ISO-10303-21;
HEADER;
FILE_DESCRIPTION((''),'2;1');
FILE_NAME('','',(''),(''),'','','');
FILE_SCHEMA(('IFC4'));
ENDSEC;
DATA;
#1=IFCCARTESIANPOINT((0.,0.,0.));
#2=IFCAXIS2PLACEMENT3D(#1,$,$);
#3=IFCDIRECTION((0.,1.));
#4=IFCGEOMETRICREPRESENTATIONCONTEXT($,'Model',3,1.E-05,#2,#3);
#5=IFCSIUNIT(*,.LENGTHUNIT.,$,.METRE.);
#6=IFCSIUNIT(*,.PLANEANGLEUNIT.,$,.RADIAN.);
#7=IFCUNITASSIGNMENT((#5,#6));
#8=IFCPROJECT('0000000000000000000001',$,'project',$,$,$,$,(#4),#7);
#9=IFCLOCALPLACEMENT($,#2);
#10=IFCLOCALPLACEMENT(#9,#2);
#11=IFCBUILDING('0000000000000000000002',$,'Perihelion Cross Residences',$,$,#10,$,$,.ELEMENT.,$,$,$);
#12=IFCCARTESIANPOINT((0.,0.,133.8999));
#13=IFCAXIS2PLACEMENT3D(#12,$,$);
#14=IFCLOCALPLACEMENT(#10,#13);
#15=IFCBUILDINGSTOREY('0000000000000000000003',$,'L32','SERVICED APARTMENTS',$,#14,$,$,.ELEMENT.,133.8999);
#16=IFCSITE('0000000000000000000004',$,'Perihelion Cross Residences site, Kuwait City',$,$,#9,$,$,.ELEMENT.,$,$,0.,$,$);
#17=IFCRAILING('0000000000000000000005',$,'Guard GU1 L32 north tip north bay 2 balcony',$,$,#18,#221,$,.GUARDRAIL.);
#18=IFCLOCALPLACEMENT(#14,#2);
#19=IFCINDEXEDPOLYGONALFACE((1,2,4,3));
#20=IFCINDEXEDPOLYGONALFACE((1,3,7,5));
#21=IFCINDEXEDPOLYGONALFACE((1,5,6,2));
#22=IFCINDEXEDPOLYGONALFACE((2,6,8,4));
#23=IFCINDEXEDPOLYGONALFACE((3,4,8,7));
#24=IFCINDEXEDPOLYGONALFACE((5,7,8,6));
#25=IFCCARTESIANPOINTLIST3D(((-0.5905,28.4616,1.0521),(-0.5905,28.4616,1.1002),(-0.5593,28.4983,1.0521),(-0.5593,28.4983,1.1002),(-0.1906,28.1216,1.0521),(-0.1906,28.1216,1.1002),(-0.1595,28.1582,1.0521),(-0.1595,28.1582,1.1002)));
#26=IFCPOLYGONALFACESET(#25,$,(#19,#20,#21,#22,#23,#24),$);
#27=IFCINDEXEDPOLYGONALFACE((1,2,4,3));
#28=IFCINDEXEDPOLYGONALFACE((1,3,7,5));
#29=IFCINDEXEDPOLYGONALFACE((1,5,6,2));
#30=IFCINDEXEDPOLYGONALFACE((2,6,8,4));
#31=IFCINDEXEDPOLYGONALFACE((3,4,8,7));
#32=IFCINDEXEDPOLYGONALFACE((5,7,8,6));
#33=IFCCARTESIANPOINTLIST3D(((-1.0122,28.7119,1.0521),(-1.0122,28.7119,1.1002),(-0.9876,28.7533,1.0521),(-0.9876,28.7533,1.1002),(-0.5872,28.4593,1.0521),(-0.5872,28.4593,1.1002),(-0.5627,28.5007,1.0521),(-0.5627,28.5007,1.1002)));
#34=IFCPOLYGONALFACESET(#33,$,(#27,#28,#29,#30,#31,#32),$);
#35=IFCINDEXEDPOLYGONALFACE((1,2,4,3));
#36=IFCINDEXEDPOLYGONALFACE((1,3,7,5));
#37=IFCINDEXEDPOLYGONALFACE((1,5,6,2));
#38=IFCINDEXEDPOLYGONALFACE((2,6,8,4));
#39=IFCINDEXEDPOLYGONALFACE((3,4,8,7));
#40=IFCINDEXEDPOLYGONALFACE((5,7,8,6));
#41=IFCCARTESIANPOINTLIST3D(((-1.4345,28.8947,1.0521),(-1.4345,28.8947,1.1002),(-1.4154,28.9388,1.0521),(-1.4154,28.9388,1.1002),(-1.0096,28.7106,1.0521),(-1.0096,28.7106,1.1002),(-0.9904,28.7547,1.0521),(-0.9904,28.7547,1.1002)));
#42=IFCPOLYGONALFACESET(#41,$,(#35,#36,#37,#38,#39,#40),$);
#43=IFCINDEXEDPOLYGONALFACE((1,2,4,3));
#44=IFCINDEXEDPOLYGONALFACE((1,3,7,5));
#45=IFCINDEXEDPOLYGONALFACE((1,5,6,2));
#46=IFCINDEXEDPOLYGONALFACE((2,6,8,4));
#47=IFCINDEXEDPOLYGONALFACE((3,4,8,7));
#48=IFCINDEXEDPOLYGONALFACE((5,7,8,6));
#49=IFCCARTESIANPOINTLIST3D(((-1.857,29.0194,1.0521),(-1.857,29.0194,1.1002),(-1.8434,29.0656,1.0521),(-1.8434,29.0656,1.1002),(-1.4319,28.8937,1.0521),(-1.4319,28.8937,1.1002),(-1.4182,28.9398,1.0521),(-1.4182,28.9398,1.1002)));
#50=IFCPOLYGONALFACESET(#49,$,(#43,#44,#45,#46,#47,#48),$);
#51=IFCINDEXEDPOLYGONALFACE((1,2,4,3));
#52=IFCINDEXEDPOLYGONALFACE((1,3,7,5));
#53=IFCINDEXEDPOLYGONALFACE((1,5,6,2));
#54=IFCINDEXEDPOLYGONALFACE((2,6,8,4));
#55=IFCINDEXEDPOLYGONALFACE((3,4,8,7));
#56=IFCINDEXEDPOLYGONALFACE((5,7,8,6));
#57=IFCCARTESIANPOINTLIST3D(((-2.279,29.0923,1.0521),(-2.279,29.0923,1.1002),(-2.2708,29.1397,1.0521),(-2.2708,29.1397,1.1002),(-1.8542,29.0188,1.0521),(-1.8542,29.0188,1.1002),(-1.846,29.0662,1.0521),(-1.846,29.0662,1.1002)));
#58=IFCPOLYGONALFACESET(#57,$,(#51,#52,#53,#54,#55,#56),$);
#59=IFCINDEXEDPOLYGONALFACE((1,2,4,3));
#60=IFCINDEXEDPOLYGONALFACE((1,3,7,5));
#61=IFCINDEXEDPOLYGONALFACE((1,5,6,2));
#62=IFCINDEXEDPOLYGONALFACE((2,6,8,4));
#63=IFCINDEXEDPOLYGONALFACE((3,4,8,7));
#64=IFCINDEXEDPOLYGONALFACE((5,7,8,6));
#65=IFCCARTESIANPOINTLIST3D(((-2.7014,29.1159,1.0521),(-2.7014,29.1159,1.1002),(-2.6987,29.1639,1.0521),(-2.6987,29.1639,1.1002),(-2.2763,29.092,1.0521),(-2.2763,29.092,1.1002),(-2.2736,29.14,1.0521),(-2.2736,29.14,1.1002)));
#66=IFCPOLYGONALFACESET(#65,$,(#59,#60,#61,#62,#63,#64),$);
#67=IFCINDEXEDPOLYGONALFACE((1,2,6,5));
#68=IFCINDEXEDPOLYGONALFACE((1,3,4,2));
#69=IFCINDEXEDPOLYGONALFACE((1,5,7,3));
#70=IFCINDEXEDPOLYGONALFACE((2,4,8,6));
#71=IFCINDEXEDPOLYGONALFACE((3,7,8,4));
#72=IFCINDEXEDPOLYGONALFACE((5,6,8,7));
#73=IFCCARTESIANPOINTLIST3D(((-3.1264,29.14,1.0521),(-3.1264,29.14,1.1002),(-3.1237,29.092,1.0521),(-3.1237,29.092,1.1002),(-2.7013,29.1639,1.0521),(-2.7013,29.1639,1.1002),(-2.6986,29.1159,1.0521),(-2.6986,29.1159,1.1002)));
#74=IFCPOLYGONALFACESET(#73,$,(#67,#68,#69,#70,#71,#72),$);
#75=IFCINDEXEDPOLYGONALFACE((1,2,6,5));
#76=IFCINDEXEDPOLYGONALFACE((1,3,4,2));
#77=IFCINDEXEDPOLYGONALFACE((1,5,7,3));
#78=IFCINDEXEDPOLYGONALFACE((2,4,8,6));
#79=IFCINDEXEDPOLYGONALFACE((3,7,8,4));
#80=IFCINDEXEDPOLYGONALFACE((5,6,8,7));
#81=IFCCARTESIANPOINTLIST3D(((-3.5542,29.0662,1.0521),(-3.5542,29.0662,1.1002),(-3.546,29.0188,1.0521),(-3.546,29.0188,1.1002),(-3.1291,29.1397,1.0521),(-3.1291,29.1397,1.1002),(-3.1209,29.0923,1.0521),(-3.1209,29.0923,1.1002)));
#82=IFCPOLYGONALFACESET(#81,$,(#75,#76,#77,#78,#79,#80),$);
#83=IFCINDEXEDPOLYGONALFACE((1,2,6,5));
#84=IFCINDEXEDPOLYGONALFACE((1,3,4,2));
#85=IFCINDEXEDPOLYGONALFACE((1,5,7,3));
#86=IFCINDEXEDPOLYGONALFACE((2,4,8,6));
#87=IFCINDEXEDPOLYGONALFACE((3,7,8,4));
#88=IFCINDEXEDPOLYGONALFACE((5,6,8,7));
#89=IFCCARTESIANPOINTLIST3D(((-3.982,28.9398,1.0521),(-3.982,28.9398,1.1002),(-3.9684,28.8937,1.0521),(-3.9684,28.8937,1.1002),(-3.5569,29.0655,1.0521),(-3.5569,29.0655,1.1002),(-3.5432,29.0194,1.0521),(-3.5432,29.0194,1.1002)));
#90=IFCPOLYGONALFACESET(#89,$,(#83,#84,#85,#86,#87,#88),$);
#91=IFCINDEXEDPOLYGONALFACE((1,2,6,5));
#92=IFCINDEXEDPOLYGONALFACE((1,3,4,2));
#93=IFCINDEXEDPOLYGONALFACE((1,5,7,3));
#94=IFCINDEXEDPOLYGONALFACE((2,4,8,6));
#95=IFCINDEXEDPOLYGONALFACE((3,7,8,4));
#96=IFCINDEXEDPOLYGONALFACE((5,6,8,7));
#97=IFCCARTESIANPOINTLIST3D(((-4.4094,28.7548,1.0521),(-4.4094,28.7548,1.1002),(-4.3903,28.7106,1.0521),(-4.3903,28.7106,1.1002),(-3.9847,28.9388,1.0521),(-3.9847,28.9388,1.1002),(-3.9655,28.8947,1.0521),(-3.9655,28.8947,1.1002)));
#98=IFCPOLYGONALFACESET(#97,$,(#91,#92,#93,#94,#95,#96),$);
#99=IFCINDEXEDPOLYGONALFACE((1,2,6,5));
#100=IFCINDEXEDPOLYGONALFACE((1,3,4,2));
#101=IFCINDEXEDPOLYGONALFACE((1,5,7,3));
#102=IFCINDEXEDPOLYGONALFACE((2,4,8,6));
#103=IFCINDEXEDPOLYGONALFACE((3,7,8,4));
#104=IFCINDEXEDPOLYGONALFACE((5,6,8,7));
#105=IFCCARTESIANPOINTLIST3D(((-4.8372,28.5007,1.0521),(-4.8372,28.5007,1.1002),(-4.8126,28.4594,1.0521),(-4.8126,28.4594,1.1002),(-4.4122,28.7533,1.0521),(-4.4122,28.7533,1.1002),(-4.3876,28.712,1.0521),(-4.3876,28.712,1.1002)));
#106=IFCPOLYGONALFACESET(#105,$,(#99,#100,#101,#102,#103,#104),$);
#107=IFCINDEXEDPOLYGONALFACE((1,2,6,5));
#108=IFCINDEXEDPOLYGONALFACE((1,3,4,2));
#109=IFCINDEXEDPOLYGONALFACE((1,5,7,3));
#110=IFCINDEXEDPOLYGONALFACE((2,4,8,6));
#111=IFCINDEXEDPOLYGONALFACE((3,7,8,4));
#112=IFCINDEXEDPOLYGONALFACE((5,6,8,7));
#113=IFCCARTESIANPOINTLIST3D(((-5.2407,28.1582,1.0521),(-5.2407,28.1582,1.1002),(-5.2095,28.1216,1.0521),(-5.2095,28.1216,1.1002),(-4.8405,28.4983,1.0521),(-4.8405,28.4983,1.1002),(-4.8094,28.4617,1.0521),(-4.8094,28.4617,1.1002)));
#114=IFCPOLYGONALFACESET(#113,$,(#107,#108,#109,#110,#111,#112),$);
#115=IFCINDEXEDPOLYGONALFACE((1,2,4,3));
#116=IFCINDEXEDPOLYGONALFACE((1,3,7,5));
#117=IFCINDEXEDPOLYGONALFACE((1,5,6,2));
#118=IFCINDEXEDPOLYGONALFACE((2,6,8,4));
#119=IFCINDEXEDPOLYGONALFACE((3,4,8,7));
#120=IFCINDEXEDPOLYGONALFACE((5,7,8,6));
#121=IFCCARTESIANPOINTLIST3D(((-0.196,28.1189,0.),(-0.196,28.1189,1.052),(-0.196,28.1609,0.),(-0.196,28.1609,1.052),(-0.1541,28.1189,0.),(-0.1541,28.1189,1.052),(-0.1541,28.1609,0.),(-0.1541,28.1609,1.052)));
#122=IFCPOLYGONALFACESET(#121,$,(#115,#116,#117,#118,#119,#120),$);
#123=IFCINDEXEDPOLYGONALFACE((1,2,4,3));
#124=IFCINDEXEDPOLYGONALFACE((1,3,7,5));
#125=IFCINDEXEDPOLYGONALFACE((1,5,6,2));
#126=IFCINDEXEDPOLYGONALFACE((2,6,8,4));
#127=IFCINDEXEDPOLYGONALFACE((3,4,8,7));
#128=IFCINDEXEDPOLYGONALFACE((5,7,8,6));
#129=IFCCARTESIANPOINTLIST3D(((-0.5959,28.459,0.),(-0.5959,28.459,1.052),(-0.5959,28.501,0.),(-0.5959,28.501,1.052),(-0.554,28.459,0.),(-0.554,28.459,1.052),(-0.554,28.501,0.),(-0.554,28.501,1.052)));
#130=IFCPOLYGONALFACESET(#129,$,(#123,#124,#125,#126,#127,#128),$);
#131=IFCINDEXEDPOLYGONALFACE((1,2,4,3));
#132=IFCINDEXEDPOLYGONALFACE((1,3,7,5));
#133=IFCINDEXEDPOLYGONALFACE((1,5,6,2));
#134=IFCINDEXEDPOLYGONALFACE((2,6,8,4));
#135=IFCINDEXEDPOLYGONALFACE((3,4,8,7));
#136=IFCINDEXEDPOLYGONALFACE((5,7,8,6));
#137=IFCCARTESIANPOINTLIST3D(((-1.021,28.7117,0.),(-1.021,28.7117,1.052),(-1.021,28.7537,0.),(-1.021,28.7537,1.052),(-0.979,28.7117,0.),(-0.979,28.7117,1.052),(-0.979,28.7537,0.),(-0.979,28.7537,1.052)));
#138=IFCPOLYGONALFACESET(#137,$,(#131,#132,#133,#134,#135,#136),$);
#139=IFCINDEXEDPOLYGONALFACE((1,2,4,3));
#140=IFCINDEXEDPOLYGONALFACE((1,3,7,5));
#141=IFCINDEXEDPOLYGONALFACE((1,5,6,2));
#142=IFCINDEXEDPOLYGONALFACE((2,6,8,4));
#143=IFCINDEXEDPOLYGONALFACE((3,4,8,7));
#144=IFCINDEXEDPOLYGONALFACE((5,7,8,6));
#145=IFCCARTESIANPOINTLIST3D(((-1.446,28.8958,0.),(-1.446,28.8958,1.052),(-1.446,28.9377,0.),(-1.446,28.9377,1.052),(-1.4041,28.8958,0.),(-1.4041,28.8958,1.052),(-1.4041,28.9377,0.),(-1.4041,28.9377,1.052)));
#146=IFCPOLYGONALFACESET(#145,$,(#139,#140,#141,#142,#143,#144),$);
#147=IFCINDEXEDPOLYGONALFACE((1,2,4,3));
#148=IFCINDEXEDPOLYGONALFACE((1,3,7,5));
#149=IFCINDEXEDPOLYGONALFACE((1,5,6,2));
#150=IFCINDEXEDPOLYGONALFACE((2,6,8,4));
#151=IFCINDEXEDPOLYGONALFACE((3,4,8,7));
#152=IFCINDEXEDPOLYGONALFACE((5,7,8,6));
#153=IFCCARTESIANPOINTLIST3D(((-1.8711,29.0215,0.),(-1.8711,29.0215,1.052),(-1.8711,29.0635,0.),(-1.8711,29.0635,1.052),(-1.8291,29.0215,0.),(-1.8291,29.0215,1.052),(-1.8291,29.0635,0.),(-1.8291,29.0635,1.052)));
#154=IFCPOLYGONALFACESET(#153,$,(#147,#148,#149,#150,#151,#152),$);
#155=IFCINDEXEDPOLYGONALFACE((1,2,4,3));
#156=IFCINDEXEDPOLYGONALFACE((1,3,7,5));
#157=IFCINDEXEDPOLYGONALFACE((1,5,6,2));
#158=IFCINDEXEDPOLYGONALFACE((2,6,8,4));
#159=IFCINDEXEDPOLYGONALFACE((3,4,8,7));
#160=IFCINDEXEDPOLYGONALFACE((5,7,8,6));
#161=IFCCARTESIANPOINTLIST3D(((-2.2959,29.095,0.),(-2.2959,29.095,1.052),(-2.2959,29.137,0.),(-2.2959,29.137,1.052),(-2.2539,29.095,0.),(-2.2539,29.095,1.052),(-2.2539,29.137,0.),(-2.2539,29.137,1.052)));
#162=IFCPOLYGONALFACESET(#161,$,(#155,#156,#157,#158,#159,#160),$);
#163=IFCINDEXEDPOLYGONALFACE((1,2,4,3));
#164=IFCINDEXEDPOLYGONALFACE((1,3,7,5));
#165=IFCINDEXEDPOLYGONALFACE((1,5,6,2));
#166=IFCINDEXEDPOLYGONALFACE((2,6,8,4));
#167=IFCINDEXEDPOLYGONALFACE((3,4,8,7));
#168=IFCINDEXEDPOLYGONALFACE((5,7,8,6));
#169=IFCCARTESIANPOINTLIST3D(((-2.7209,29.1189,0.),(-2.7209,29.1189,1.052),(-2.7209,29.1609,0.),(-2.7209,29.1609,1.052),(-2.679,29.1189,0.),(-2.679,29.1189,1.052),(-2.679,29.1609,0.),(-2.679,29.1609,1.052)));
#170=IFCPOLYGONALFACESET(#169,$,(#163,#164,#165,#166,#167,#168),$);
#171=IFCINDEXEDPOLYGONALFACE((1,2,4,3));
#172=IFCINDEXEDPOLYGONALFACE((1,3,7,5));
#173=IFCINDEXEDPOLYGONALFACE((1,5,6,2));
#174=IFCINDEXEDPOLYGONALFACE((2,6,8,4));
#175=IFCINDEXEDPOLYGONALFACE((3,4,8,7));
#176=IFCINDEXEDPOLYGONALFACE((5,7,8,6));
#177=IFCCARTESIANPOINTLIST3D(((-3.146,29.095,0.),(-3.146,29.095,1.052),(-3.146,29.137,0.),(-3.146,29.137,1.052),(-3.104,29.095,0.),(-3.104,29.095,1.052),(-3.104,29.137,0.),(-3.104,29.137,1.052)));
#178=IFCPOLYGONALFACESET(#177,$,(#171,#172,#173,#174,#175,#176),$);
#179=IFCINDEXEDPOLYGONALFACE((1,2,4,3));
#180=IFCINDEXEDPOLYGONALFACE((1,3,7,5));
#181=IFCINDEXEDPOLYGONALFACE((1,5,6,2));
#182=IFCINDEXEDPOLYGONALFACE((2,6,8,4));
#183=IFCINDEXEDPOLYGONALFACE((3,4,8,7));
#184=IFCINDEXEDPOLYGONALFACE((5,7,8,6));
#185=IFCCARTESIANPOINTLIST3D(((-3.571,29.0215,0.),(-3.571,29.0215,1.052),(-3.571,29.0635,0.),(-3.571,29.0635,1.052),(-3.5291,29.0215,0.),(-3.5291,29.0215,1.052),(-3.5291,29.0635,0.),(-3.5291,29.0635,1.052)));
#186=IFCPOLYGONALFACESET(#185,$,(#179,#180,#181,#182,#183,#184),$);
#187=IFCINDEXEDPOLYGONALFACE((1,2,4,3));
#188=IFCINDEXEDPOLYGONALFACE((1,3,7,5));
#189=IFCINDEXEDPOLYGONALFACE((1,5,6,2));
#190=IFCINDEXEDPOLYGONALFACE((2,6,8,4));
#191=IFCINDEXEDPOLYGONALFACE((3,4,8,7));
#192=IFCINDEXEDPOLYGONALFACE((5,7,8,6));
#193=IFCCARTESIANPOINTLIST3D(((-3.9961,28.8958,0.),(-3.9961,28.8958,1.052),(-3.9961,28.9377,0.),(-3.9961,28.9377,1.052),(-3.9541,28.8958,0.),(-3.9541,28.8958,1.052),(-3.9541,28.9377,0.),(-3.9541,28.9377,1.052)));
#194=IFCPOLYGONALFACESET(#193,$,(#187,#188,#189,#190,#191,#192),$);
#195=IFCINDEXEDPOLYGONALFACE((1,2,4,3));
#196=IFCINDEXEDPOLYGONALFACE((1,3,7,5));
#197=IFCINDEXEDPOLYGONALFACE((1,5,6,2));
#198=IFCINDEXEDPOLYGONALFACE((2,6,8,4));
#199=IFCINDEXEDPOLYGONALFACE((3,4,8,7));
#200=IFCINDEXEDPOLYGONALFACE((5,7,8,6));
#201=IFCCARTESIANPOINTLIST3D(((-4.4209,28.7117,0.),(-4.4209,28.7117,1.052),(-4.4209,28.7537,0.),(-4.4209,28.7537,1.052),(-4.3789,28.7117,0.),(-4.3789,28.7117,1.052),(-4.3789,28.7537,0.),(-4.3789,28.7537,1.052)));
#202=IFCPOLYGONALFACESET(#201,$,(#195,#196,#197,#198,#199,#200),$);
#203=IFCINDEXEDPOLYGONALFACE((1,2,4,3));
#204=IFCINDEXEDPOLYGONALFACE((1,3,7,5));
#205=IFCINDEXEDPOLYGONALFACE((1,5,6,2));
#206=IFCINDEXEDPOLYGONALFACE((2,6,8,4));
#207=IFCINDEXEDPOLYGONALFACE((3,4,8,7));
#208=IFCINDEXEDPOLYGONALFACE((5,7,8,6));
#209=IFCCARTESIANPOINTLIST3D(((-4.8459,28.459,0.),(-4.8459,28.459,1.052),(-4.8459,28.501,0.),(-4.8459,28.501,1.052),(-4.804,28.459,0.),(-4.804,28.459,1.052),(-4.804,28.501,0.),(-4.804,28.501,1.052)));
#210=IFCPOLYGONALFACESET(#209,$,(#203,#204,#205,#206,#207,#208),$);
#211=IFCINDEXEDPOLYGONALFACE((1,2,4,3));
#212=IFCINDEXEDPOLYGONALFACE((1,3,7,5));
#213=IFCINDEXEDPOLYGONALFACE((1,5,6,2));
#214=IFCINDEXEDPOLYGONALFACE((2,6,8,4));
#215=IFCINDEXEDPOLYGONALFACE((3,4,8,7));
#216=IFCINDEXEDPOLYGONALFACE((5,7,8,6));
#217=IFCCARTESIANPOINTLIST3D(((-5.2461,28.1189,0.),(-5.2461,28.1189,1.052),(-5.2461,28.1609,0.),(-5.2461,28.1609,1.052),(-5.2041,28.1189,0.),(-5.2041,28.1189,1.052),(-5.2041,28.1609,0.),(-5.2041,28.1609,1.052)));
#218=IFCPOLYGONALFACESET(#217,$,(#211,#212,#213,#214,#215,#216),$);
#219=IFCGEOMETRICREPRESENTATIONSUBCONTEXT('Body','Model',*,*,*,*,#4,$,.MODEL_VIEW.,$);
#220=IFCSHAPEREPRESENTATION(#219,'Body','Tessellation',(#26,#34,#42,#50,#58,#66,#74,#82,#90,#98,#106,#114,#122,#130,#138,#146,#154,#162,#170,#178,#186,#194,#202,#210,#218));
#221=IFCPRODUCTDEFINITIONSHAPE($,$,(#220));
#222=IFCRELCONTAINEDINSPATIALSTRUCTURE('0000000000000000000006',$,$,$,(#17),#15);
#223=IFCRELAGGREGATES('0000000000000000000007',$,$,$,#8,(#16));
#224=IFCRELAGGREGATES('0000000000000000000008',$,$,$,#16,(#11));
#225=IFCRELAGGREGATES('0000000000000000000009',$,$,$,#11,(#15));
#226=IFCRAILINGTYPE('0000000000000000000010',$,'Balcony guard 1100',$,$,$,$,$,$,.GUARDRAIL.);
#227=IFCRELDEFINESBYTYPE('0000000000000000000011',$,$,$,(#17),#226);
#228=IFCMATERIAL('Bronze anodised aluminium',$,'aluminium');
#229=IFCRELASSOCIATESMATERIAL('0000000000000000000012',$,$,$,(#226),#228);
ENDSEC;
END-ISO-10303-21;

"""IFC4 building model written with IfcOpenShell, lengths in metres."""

from ifc_helpers import new_model, si_unit, direction, frame, origin, origin_2d, place, context, subcontext, project, spatial, rectangle, extrude, material, type_object, element, save


model = new_model("IFC4")

# Units and contexts
model_context = context("Model", 3, precision=1e-05, world=origin(), true_north=direction((0.0, 1.0)))
body_context = subcontext(model_context, "Body", "Model", "MODEL_VIEW")
ifc_project = project(units=[si_unit("LENGTHUNIT", "METRE"), si_unit("PLANEANGLEUNIT", "RADIAN")], contexts=[model_context])

# Site, building, storey
site_placement = place(None, origin())
site = spatial("IfcSite", under=ifc_project, at=site_placement, Name="Perihelion Cross Residences site, Kuwait City", CompositionType="ELEMENT", RefElevation=0.0)
building_placement = place(site_placement, origin())
building = spatial("IfcBuilding", under=site, at=building_placement, Name="Perihelion Cross Residences", CompositionType="ELEMENT")
storey_placement = place(building_placement, frame((0.0, 0.0, 133.8999)))
storey = spatial("IfcBuildingStorey", under=building, at=storey_placement, Name="L32", Description="SERVICED APARTMENTS", CompositionType="ELEMENT", Elevation=133.8999)

# Railing
ifc_material_1 = material(Name="Bronze anodised aluminium", Category="aluminium")
railing_type = type_object("IfcRailingType", Name="Balcony guard 1100", PredefinedType="GUARDRAIL", material=ifc_material_1)
railing_placement = place(storey_placement, frame((-0.175, 28.1399, 0.0)))
element("IfcRailing", 1, at=railing_placement, inside=storey, type_object=railing_type, Name="Guard GU1 L32 north tip north bay 2 balcony", PredefinedType="GUARDRAIL", context=body_context, shape_type="SweptSolid", body=[
    extrude(rectangle(XDim=0.0481, YDim=0.0481, at=origin_2d()), frame((0.0, 0.0, 1.0762), z_axis=(-0.761779, 0.647837, 0.0), x_axis=(-0.647837, -0.761779, 0.0)), (0.0, 0.0, 1.0), 0.5249),
    extrude(rectangle(XDim=0.0481, YDim=0.0481, at=origin_2d()), frame((-0.3999, 0.3401, 1.0762), z_axis=(-0.859577, 0.511006, 0.0), x_axis=(-0.511006, -0.859577, 0.0)), (0.0, 0.0, 1.0), 0.4944),
    extrude(rectangle(XDim=0.0481, YDim=0.0481, at=origin_2d()), frame((-0.825, 0.5928, 1.0762), z_axis=(-0.917639, 0.397415, 0.0), x_axis=(-0.397415, -0.917639, 0.0)), (0.0, 0.0, 1.0), 0.4631),
    extrude(rectangle(XDim=0.0481, YDim=0.0481, at=origin_2d()), frame((-1.25, 0.7769, 1.0762), z_axis=(-0.958926, 0.283657, 0.0), x_axis=(-0.283657, -0.958926, 0.0)), (0.0, 0.0, 1.0), 0.4434),
    extrude(rectangle(XDim=0.0481, YDim=0.0481, at=origin_2d()), frame((-1.675, 0.9026, 1.0762), z_axis=(-0.985365, 0.170457, 0.0), x_axis=(-0.170457, -0.985365, 0.0)), (0.0, 0.0, 1.0), 0.4312),
    extrude(rectangle(XDim=0.0481, YDim=0.0481, at=origin_2d()), frame((-2.0999, 0.9761, 1.0762), z_axis=(-0.99842, 0.056201, 0.0), x_axis=(-0.056201, -0.99842, 0.0)), (0.0, 0.0, 1.0), 0.4258),
    extrude(rectangle(XDim=0.0481, YDim=0.0481, at=origin_2d()), frame((-2.5249, 1.0, 1.0762), z_axis=(-0.99842, -0.056201, 0.0), x_axis=(0.056201, -0.99842, 0.0)), (0.0, 0.0, 1.0), 0.4258),
    extrude(rectangle(XDim=0.0481, YDim=0.0481, at=origin_2d()), frame((-2.95, 0.9761, 1.0762), z_axis=(-0.985382, -0.170362, 0.0), x_axis=(0.170362, -0.985382, 0.0)), (0.0, 0.0, 1.0), 0.4314),
    extrude(rectangle(XDim=0.0481, YDim=0.0481, at=origin_2d()), frame((-3.375, 0.9026, 1.0762), z_axis=(-0.958926, -0.283657, 0.0), x_axis=(0.283657, -0.958926, 0.0)), (0.0, 0.0, 1.0), 0.4434),
    extrude(rectangle(XDim=0.0481, YDim=0.0481, at=origin_2d()), frame((-3.8, 0.7769, 1.0762), z_axis=(-0.917556, -0.397607, 0.0), x_axis=(0.397607, -0.917556, 0.0)), (0.0, 0.0, 1.0), 0.4629),
    extrude(rectangle(XDim=0.0481, YDim=0.0481, at=origin_2d()), frame((-4.2249, 0.5928, 1.0762), z_axis=(-0.859577, -0.511006, 0.0), x_axis=(0.511006, -0.859577, 0.0)), (0.0, 0.0, 1.0), 0.4944),
    extrude(rectangle(XDim=0.0481, YDim=0.0481, at=origin_2d()), frame((-4.6499, 0.3401, 1.0762), z_axis=(-0.761974, -0.647608, 0.0), x_axis=(0.647608, -0.761974, 0.0)), (0.0, 0.0, 1.0), 0.5251),
    extrude(rectangle(XDim=0.042, YDim=0.042, at=origin_2d()), origin(), (0.0, 0.0, 1.0), 1.052),
    extrude(rectangle(XDim=0.042, YDim=0.042, at=origin_2d()), frame((-0.3999, 0.3401, 0.0)), (0.0, 0.0, 1.0), 1.052),
    extrude(rectangle(XDim=0.042, YDim=0.042, at=origin_2d()), frame((-0.825, 0.5928, 0.0)), (0.0, 0.0, 1.0), 1.052),
    extrude(rectangle(XDim=0.042, YDim=0.042, at=origin_2d()), frame((-1.25, 0.7769, 0.0)), (0.0, 0.0, 1.0), 1.052),
    extrude(rectangle(XDim=0.042, YDim=0.042, at=origin_2d()), frame((-1.675, 0.9026, 0.0)), (0.0, 0.0, 1.0), 1.052),
    extrude(rectangle(XDim=0.042, YDim=0.042, at=origin_2d()), frame((-2.0999, 0.9761, 0.0)), (0.0, 0.0, 1.0), 1.052),
    extrude(rectangle(XDim=0.042, YDim=0.042, at=origin_2d()), frame((-2.5249, 1.0, 0.0)), (0.0, 0.0, 1.0), 1.052),
    extrude(rectangle(XDim=0.042, YDim=0.042, at=origin_2d()), frame((-2.95, 0.9761, 0.0)), (0.0, 0.0, 1.0), 1.052),
    extrude(rectangle(XDim=0.042, YDim=0.042, at=origin_2d()), frame((-3.375, 0.9026, 0.0)), (0.0, 0.0, 1.0), 1.052),
    extrude(rectangle(XDim=0.042, YDim=0.042, at=origin_2d()), frame((-3.8, 0.7769, 0.0)), (0.0, 0.0, 1.0), 1.052),
    extrude(rectangle(XDim=0.042, YDim=0.042, at=origin_2d()), frame((-4.2249, 0.5928, 0.0)), (0.0, 0.0, 1.0), 1.052),
    extrude(rectangle(XDim=0.042, YDim=0.042, at=origin_2d()), frame((-4.6499, 0.3401, 0.0)), (0.0, 0.0, 1.0), 1.052),
    extrude(rectangle(XDim=0.042, YDim=0.042, at=origin_2d()), frame((-5.05, 0.0, 0.0)), (0.0, 0.0, 1.0), 1.052),
])

save(model, "model.ifc")
